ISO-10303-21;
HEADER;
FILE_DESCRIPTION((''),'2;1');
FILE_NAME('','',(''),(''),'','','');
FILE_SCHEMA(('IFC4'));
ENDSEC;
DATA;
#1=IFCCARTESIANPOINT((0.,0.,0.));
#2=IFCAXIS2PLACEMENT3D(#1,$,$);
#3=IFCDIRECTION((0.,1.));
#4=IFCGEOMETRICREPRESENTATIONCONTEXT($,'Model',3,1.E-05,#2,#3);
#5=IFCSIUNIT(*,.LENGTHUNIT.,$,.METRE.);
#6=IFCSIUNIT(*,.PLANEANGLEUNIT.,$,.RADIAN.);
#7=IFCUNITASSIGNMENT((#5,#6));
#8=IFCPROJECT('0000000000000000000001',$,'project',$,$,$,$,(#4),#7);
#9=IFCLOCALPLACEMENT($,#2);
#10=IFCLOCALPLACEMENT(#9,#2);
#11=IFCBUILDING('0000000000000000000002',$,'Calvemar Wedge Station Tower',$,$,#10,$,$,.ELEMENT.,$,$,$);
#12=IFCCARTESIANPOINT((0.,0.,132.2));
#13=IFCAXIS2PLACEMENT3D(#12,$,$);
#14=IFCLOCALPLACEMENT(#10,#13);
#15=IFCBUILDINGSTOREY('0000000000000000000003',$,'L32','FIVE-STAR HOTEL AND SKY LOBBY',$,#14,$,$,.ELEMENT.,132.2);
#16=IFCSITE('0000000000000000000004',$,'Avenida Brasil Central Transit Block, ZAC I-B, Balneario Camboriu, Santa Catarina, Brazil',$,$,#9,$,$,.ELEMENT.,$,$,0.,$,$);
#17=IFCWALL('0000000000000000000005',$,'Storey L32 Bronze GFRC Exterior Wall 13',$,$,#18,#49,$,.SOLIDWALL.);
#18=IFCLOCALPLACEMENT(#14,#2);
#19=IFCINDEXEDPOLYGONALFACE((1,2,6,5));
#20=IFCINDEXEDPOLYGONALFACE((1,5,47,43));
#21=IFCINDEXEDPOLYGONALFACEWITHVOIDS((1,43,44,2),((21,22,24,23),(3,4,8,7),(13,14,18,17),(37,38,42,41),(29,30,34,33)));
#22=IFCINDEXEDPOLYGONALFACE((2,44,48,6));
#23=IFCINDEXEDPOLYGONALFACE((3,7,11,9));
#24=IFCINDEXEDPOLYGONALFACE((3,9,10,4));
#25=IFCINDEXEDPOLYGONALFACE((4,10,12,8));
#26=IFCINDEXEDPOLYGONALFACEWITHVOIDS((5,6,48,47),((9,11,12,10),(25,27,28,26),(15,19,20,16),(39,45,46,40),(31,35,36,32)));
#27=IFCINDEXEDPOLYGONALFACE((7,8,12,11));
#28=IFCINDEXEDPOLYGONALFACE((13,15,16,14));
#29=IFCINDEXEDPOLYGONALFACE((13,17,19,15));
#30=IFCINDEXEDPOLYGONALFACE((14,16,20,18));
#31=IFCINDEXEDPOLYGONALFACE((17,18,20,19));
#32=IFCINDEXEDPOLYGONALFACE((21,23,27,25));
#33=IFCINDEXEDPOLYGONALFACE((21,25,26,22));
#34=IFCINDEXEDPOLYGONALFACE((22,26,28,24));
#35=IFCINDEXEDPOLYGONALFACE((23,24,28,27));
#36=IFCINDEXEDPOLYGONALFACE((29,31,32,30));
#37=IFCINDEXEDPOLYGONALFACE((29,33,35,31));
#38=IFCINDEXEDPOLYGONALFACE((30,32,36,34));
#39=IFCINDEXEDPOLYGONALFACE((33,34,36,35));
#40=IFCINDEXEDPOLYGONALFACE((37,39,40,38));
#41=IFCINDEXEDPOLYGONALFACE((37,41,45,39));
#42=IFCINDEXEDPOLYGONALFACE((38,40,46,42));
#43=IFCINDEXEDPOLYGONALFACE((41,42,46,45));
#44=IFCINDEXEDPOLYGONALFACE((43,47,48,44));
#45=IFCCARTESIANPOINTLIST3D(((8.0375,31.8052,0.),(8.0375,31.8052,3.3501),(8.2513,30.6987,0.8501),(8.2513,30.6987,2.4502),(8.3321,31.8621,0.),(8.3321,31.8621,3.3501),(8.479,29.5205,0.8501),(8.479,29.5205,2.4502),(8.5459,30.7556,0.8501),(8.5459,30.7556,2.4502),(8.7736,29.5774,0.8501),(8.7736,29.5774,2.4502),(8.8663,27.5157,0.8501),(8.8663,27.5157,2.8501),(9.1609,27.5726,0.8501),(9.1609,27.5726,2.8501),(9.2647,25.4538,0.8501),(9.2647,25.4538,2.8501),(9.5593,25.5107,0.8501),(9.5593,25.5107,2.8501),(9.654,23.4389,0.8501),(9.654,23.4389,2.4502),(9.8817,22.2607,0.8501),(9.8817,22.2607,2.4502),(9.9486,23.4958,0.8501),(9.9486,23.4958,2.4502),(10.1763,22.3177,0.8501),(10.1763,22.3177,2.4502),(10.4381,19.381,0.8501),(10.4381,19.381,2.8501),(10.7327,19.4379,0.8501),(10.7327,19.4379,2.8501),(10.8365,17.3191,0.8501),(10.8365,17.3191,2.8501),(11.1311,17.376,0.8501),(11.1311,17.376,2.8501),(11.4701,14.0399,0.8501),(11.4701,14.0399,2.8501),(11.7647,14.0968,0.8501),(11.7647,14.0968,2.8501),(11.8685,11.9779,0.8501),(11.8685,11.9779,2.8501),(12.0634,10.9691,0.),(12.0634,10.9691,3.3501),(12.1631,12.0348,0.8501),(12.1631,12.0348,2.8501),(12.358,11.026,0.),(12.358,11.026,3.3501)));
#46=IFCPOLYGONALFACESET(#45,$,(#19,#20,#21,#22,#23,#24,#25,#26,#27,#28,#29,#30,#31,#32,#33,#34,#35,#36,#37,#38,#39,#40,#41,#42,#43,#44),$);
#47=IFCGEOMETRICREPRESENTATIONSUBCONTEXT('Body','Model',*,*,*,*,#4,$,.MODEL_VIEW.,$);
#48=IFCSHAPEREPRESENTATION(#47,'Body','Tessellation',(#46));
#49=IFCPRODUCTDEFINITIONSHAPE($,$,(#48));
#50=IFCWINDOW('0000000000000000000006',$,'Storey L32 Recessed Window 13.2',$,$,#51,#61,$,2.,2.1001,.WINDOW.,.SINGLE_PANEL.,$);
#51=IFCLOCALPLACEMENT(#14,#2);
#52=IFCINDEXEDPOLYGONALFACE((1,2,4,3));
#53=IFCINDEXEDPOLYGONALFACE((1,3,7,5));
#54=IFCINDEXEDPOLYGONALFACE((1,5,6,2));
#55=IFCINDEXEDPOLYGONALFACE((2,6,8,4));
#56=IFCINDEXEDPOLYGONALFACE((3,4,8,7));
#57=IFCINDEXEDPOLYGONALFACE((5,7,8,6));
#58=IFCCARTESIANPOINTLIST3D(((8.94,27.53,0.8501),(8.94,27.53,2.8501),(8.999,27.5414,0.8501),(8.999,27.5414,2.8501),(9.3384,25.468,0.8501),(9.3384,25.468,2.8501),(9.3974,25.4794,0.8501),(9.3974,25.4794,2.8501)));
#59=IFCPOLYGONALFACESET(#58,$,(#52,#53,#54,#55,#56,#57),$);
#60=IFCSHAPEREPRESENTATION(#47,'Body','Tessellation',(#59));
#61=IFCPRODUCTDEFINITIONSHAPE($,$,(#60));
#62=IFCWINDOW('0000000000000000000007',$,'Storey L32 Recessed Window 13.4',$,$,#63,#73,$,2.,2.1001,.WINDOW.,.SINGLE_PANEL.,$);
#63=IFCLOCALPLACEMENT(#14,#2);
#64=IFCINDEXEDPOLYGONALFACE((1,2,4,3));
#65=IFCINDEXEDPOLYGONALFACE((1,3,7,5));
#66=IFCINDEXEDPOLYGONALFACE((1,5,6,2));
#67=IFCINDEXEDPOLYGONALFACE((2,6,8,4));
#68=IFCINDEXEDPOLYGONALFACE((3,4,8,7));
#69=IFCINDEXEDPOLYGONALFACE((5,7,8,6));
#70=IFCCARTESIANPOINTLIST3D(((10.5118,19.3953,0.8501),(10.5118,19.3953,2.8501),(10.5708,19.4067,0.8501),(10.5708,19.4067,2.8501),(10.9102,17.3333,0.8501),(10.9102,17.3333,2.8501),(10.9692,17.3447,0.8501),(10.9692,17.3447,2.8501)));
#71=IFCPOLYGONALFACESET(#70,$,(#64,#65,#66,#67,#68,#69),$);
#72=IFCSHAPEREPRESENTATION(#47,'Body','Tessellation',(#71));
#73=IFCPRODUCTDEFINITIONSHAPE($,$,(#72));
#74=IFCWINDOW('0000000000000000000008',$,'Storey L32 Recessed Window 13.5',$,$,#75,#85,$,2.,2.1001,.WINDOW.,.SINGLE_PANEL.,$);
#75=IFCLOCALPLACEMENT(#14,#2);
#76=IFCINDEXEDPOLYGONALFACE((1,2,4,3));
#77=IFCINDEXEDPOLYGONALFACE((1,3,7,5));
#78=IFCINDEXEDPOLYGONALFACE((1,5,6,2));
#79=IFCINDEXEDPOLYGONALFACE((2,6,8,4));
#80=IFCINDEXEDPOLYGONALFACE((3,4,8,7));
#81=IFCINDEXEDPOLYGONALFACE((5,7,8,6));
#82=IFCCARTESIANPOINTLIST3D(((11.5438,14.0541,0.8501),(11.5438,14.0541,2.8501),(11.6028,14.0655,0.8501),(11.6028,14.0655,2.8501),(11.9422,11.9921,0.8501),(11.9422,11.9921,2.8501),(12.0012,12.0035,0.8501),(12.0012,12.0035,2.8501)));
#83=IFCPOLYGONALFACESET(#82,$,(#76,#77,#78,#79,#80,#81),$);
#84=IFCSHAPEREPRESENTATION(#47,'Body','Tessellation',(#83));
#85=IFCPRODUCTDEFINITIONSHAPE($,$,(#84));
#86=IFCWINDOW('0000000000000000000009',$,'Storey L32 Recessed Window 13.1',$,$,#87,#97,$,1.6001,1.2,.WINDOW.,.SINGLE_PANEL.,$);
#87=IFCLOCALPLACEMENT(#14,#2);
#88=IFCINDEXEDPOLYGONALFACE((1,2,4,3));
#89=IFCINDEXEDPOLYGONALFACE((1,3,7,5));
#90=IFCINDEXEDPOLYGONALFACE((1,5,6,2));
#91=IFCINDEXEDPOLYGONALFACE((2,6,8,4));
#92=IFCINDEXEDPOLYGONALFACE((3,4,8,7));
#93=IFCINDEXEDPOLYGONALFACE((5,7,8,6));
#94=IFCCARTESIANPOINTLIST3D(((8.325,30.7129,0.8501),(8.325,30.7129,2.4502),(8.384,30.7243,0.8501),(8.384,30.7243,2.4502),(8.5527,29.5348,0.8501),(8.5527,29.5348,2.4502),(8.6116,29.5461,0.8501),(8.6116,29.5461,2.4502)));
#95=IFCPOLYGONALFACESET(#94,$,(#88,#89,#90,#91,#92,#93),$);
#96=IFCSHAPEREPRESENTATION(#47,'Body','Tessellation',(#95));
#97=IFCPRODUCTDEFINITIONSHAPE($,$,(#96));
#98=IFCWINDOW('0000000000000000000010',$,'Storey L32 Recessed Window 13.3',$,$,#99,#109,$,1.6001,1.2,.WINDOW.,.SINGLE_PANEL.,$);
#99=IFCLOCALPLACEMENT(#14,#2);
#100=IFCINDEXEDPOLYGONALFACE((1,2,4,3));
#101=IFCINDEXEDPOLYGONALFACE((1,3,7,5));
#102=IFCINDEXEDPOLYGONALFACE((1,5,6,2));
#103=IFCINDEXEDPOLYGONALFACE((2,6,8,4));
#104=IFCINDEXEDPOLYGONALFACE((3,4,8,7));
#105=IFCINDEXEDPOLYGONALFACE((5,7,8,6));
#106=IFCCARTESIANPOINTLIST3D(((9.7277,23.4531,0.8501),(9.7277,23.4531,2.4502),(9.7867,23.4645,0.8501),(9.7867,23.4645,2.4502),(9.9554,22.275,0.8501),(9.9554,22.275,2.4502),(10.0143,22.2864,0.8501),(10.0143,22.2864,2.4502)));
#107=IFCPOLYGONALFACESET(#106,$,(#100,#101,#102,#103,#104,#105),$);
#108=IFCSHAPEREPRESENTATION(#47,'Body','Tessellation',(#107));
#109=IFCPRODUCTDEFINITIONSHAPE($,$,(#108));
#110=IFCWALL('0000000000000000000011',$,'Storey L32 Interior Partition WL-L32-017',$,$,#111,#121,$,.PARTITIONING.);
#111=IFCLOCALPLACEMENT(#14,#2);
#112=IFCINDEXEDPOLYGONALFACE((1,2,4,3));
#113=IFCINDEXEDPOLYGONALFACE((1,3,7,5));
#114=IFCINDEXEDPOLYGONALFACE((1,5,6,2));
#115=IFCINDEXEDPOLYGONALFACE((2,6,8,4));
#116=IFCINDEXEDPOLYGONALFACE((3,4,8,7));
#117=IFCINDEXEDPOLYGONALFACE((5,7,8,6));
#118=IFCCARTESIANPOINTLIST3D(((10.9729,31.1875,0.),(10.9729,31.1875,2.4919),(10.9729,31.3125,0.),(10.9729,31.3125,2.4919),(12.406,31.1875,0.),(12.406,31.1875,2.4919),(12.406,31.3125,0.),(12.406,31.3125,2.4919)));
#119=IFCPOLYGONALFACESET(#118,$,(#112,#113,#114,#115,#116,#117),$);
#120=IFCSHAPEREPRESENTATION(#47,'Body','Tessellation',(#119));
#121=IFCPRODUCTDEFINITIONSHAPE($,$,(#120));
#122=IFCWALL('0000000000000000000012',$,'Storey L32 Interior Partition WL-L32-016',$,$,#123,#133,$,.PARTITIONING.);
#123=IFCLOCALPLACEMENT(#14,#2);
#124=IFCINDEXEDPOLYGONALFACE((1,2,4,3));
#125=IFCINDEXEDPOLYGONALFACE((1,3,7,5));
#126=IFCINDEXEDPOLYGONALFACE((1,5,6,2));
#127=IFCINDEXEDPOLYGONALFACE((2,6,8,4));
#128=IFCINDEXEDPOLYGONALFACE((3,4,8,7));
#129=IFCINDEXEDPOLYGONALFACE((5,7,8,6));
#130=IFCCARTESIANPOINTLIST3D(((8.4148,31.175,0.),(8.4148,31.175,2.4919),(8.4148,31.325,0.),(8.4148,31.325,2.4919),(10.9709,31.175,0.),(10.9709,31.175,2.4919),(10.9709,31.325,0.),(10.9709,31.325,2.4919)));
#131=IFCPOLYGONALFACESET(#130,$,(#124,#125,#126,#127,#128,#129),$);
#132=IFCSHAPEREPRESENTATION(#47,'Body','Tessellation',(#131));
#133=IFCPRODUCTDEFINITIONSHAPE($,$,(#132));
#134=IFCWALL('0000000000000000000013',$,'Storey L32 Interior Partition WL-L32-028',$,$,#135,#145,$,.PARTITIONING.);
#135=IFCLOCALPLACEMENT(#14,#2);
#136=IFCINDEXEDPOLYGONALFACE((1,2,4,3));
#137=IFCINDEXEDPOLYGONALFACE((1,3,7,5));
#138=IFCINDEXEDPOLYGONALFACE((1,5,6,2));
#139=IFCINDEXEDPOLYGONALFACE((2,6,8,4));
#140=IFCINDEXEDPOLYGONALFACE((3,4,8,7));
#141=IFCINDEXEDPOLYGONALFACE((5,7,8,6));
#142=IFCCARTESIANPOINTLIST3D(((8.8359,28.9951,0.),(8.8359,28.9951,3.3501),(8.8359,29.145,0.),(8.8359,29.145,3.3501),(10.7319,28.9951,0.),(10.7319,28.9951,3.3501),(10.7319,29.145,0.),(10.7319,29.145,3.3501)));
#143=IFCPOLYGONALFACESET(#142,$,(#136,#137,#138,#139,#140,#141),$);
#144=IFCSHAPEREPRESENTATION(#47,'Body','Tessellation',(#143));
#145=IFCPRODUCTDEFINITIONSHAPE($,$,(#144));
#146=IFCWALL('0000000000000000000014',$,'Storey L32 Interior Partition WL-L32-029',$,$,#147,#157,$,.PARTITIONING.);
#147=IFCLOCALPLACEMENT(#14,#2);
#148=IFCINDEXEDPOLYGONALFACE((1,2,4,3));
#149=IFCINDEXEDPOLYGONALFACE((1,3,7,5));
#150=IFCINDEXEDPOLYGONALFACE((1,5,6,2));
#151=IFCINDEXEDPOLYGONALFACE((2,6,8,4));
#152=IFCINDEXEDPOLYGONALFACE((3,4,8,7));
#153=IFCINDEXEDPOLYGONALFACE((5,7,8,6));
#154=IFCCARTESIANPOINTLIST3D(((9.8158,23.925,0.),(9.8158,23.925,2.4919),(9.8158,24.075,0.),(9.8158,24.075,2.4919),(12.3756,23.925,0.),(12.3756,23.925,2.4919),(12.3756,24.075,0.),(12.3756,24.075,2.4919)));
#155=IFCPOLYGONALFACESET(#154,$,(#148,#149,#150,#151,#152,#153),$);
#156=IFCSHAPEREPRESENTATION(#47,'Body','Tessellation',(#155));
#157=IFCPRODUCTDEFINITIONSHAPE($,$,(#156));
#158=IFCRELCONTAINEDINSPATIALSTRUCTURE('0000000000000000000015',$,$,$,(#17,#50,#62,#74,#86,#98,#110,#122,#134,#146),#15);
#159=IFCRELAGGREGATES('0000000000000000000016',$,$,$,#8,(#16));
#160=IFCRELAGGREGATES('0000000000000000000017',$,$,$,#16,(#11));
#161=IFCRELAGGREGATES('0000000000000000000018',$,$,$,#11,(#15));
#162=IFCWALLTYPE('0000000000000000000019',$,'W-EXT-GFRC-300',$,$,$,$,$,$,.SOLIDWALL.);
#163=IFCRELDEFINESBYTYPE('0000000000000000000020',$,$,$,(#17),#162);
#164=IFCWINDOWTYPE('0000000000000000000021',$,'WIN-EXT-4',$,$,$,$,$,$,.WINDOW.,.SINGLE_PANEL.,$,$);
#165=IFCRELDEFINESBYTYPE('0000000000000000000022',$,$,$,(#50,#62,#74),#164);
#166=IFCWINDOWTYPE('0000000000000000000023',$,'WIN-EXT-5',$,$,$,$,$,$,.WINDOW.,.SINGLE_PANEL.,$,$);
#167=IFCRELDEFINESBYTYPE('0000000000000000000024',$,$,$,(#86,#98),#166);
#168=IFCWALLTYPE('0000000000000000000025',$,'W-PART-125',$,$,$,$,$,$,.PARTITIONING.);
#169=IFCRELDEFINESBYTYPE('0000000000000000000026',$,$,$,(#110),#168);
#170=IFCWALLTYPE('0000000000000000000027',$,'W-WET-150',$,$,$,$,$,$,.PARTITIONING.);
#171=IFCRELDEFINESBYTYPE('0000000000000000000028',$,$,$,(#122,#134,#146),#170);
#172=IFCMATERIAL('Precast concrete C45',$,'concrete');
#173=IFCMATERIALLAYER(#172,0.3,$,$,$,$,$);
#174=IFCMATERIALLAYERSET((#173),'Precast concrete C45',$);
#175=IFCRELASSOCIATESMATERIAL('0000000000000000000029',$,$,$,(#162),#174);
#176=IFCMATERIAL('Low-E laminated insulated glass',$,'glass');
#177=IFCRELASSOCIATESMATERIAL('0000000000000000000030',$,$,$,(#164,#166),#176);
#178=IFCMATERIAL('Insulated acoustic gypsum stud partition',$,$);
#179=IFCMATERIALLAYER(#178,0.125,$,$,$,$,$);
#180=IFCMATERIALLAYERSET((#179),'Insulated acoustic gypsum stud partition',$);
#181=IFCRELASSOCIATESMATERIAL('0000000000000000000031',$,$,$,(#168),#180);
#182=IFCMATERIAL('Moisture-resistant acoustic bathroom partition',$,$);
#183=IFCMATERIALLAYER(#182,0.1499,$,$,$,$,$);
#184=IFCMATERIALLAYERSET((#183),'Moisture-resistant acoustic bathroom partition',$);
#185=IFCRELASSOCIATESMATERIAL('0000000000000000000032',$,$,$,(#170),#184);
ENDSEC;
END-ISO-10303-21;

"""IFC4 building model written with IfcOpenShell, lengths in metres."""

from ifc_helpers import new_model, si_unit, direction, frame, frame_2d, origin, place, context, subcontext, project, spatial, rectangle, extrude, source, transform, mapped, material, layer, layer_set, type_object, element, fill, save


model = new_model("IFC4")

# Units and contexts
model_context = context("Model", 3, precision=1e-05, world=origin(), true_north=direction((0.0, 1.0)))
body_context = subcontext(model_context, "Body", "Model", "MODEL_VIEW")
ifc_project = project(units=[si_unit("LENGTHUNIT", "METRE"), si_unit("PLANEANGLEUNIT", "RADIAN")], contexts=[model_context])

# Site, building, storey
site_placement = place(None, origin())
site = spatial("IfcSite", under=ifc_project, at=site_placement, Name="Avenida Brasil Central Transit Block, ZAC I-B, Balneario Camboriu, Santa Catarina, Brazil", CompositionType="ELEMENT", RefElevation=0.0)
building_placement = place(site_placement, origin())
building = spatial("IfcBuilding", under=site, at=building_placement, Name="Calvemar Wedge Station Tower", CompositionType="ELEMENT")
storey_placement = place(building_placement, frame((0.0, 0.0, 132.2)))
storey = spatial("IfcBuildingStorey", under=building, at=storey_placement, Name="L32", Description="FIVE-STAR HOTEL AND SKY LOBBY", CompositionType="ELEMENT", Elevation=132.2)

# Shared definitions
ifc_material_1 = material(Name="Precast concrete C45", Category="concrete")

# Wall, openings, windows
ifc_layer_1 = layer(ifc_material_1, 0.3)
ifc_layer_set_1 = layer_set([ifc_layer_1], Name="Precast concrete C45")
wall_type_1 = type_object("IfcWallType", Name="W-EXT-GFRC-300", PredefinedType="SOLIDWALL", material=ifc_layer_set_1)
wall_1_placement = place(storey_placement, frame((8.1848, 31.8337, 0.0), z_axis=(0.0, 0.0, 1.0), x_axis=(0.189707, -0.981841, 0.0)))
wall_1 = element("IfcWall", 1, at=wall_1_placement, inside=storey, type_object=wall_type_1, Name="Storey L32 Bronze GFRC Exterior Wall 13", PredefinedType="SOLIDWALL", context=body_context, shape_type="SweptSolid", body=[
    extrude(rectangle(XDim=21.2214, YDim=0.3, at=frame_2d((10.6108, 0.0))), origin(), (0.0, 0.0, 1.0), 3.3501),
])
shared_shape_1 = source(origin(), body_context, "Body", "SweptSolid", [
    extrude(rectangle(XDim=1.2, YDim=1.6001, at=frame_2d((0.6001, 0.8))), frame((0.0, 0.1602, 0.0), z_axis=(0.0, -1.0, 0.0), x_axis=(1.0, 0.0, 0.0)), (0.0, 0.0, 1.0), 0.3201),
])
opening_1_placement = place(wall_1_placement, frame((1.127, 0.0, 0.8501)))
opening_1 = element("IfcOpeningElement", 2, at=opening_1_placement, cuts=wall_1, PredefinedType="OPENING", context=body_context, shape_type="MappedRepresentation", body=[
    mapped(shared_shape_1, transform((0.0, 0.0, 0.0), scale=1.0)),
])
shared_shape_2 = source(origin(), body_context, "Body", "SweptSolid", [
    extrude(rectangle(XDim=2.1001, YDim=2.0, at=frame_2d((1.05, 1.0))), frame((0.0, 0.1602, 0.0), z_axis=(0.0, -1.0, 0.0), x_axis=(1.0, 0.0, 0.0)), (0.0, 0.0, 1.0), 0.3201),
])
opening_2_placement = place(wall_1_placement, frame((4.3689, 0.0, 0.8501)))
opening_2 = element("IfcOpeningElement", 3, at=opening_2_placement, cuts=wall_1, PredefinedType="OPENING", context=body_context, shape_type="MappedRepresentation", body=[
    mapped(shared_shape_2, transform((0.0, 0.0, 0.0), scale=1.0)),
])
opening_3_placement = place(wall_1_placement, frame((8.521, 0.0, 0.8501)))
opening_3 = element("IfcOpeningElement", 4, at=opening_3_placement, cuts=wall_1, PredefinedType="OPENING", context=body_context, shape_type="MappedRepresentation", body=[
    mapped(shared_shape_1, transform((0.0, 0.0, 0.0), scale=1.0)),
])
opening_4_placement = place(wall_1_placement, frame((12.6541, 0.0, 0.8501)))
opening_4 = element("IfcOpeningElement", 5, at=opening_4_placement, cuts=wall_1, PredefinedType="OPENING", context=body_context, shape_type="MappedRepresentation", body=[
    mapped(shared_shape_2, transform((0.0, 0.0, 0.0), scale=1.0)),
])
opening_5_placement = place(wall_1_placement, frame((18.094, 0.0, 0.8501)))
opening_5 = element("IfcOpeningElement", 6, at=opening_5_placement, cuts=wall_1, PredefinedType="OPENING", context=body_context, shape_type="MappedRepresentation", body=[
    mapped(shared_shape_2, transform((0.0, 0.0, 0.0), scale=1.0)),
])
ifc_material_2 = material(Name="Low-E laminated insulated glass", Category="glass")
window_type_1 = type_object("IfcWindowType", Name="WIN-EXT-4", PartitioningType="SINGLE_PANEL", PredefinedType="WINDOW", material=ifc_material_2)
shared_shape_3 = source(origin(), body_context, "Body", "SweptSolid", [
    extrude(rectangle(XDim=2.1001, YDim=2.0, at=frame_2d((1.05, 1.0))), frame((0.0, -0.0149, 0.0), z_axis=(0.0, -1.0, 0.0), x_axis=(1.0, 0.0, 0.0)), (0.0, 0.0, 1.0), 0.0601),
])
window_1_placement = place(opening_2_placement, origin())
window_1 = element("IfcWindow", 7, at=window_1_placement, inside=storey, type_object=window_type_1, Name="Storey L32 Recessed Window 13.2", OverallHeight=2.0, OverallWidth=2.1001, PartitioningType="SINGLE_PANEL", PredefinedType="WINDOW", context=body_context, shape_type="MappedRepresentation", body=[
    mapped(shared_shape_3, transform((0.0, 0.0, 0.0), scale=1.0)),
])
fill(opening_2, window_1)
window_2_placement = place(opening_4_placement, origin())
window_2 = element("IfcWindow", 8, at=window_2_placement, inside=storey, type_object=window_type_1, Name="Storey L32 Recessed Window 13.4", OverallHeight=2.0, OverallWidth=2.1001, PartitioningType="SINGLE_PANEL", PredefinedType="WINDOW", context=body_context, shape_type="MappedRepresentation", body=[
    mapped(shared_shape_3, transform((0.0, 0.0, 0.0), scale=1.0)),
])
fill(opening_4, window_2)
window_3_placement = place(opening_5_placement, origin())
window_3 = element("IfcWindow", 9, at=window_3_placement, inside=storey, type_object=window_type_1, Name="Storey L32 Recessed Window 13.5", OverallHeight=2.0, OverallWidth=2.1001, PartitioningType="SINGLE_PANEL", PredefinedType="WINDOW", context=body_context, shape_type="MappedRepresentation", body=[
    mapped(shared_shape_3, transform((0.0, 0.0, 0.0), scale=1.0)),
])
fill(opening_5, window_3)
window_type_2 = type_object("IfcWindowType", Name="WIN-EXT-5", PartitioningType="SINGLE_PANEL", PredefinedType="WINDOW", material=ifc_material_2)
shared_shape_4 = source(origin(), body_context, "Body", "SweptSolid", [
    extrude(rectangle(XDim=1.2, YDim=1.6001, at=frame_2d((0.6001, 0.8))), frame((0.0, -0.0149, 0.0), z_axis=(0.0, -1.0, 0.0), x_axis=(1.0, 0.0, 0.0)), (0.0, 0.0, 1.0), 0.0601),
])
window_4_placement = place(opening_1_placement, origin())
window_4 = element("IfcWindow", 10, at=window_4_placement, inside=storey, type_object=window_type_2, Name="Storey L32 Recessed Window 13.1", OverallHeight=1.6001, OverallWidth=1.2, PartitioningType="SINGLE_PANEL", PredefinedType="WINDOW", context=body_context, shape_type="MappedRepresentation", body=[
    mapped(shared_shape_4, transform((0.0, 0.0, 0.0), scale=1.0)),
])
fill(opening_1, window_4)
window_5_placement = place(opening_3_placement, origin())
window_5 = element("IfcWindow", 11, at=window_5_placement, inside=storey, type_object=window_type_2, Name="Storey L32 Recessed Window 13.3", OverallHeight=1.6001, OverallWidth=1.2, PartitioningType="SINGLE_PANEL", PredefinedType="WINDOW", context=body_context, shape_type="MappedRepresentation", body=[
    mapped(shared_shape_4, transform((0.0, 0.0, 0.0), scale=1.0)),
])
fill(opening_3, window_5)

# Walls
ifc_material_3 = material(Name="Insulated acoustic gypsum stud partition")
ifc_layer_2 = layer(ifc_material_3, 0.125)
ifc_layer_set_2 = layer_set([ifc_layer_2], Name="Insulated acoustic gypsum stud partition")
wall_type_2 = type_object("IfcWallType", Name="W-PART-125", PredefinedType="PARTITIONING", material=ifc_layer_set_2)
wall_2_placement = place(storey_placement, frame((12.406, 31.25, 0.0), z_axis=(0.0, 0.0, 1.0), x_axis=(-1.0, 0.0, 0.0)))
element("IfcWall", 12, at=wall_2_placement, inside=storey, type_object=wall_type_2, Name="Storey L32 Interior Partition WL-L32-017", PredefinedType="PARTITIONING", context=body_context, shape_type="SweptSolid", body=[
    extrude(rectangle(XDim=1.4331, YDim=0.125, at=frame_2d((0.7166, 0.0))), origin(), (0.0, 0.0, 1.0), 2.4919),
])
ifc_material_4 = material(Name="Moisture-resistant acoustic bathroom partition")
ifc_layer_3 = layer(ifc_material_4, 0.1499)
ifc_layer_set_3 = layer_set([ifc_layer_3], Name="Moisture-resistant acoustic bathroom partition")
wall_type_3 = type_object("IfcWallType", Name="W-WET-150", PredefinedType="PARTITIONING", material=ifc_layer_set_3)
wall_3_placement = place(storey_placement, frame((10.9709, 31.25, 0.0), z_axis=(0.0, 0.0, 1.0), x_axis=(-1.0, 0.0, 0.0)))
element("IfcWall", 13, at=wall_3_placement, inside=storey, type_object=wall_type_3, Name="Storey L32 Interior Partition WL-L32-016", PredefinedType="PARTITIONING", context=body_context, shape_type="SweptSolid", body=[
    extrude(rectangle(XDim=2.5562, YDim=0.1499, at=frame_2d((1.2781, 0.0))), origin(), (0.0, 0.0, 1.0), 2.4919),
])

# Walls
wall_4_placement = place(storey_placement, frame((10.7319, 29.0701, 0.0), z_axis=(0.0, 0.0, 1.0), x_axis=(-1.0, 0.0, 0.0)))
element("IfcWall", 14, at=wall_4_placement, inside=storey, type_object=wall_type_3, Name="Storey L32 Interior Partition WL-L32-028", PredefinedType="PARTITIONING", context=body_context, shape_type="SweptSolid", body=[
    extrude(rectangle(XDim=1.896, YDim=0.1499, at=frame_2d((0.948, 0.0))), origin(), (0.0, 0.0, 1.0), 3.3501),
])
wall_5_placement = place(storey_placement, frame((12.3755, 24.0, 0.0), z_axis=(0.0, 0.0, 1.0), x_axis=(-1.0, 0.0, 0.0)))
element("IfcWall", 15, at=wall_5_placement, inside=storey, type_object=wall_type_3, Name="Storey L32 Interior Partition WL-L32-029", PredefinedType="PARTITIONING", context=body_context, shape_type="SweptSolid", body=[
    extrude(rectangle(XDim=2.5598, YDim=0.1499, at=frame_2d((1.2798, 0.0))), origin(), (0.0, 0.0, 1.0), 2.4919),
])

save(model, "model.ifc")
